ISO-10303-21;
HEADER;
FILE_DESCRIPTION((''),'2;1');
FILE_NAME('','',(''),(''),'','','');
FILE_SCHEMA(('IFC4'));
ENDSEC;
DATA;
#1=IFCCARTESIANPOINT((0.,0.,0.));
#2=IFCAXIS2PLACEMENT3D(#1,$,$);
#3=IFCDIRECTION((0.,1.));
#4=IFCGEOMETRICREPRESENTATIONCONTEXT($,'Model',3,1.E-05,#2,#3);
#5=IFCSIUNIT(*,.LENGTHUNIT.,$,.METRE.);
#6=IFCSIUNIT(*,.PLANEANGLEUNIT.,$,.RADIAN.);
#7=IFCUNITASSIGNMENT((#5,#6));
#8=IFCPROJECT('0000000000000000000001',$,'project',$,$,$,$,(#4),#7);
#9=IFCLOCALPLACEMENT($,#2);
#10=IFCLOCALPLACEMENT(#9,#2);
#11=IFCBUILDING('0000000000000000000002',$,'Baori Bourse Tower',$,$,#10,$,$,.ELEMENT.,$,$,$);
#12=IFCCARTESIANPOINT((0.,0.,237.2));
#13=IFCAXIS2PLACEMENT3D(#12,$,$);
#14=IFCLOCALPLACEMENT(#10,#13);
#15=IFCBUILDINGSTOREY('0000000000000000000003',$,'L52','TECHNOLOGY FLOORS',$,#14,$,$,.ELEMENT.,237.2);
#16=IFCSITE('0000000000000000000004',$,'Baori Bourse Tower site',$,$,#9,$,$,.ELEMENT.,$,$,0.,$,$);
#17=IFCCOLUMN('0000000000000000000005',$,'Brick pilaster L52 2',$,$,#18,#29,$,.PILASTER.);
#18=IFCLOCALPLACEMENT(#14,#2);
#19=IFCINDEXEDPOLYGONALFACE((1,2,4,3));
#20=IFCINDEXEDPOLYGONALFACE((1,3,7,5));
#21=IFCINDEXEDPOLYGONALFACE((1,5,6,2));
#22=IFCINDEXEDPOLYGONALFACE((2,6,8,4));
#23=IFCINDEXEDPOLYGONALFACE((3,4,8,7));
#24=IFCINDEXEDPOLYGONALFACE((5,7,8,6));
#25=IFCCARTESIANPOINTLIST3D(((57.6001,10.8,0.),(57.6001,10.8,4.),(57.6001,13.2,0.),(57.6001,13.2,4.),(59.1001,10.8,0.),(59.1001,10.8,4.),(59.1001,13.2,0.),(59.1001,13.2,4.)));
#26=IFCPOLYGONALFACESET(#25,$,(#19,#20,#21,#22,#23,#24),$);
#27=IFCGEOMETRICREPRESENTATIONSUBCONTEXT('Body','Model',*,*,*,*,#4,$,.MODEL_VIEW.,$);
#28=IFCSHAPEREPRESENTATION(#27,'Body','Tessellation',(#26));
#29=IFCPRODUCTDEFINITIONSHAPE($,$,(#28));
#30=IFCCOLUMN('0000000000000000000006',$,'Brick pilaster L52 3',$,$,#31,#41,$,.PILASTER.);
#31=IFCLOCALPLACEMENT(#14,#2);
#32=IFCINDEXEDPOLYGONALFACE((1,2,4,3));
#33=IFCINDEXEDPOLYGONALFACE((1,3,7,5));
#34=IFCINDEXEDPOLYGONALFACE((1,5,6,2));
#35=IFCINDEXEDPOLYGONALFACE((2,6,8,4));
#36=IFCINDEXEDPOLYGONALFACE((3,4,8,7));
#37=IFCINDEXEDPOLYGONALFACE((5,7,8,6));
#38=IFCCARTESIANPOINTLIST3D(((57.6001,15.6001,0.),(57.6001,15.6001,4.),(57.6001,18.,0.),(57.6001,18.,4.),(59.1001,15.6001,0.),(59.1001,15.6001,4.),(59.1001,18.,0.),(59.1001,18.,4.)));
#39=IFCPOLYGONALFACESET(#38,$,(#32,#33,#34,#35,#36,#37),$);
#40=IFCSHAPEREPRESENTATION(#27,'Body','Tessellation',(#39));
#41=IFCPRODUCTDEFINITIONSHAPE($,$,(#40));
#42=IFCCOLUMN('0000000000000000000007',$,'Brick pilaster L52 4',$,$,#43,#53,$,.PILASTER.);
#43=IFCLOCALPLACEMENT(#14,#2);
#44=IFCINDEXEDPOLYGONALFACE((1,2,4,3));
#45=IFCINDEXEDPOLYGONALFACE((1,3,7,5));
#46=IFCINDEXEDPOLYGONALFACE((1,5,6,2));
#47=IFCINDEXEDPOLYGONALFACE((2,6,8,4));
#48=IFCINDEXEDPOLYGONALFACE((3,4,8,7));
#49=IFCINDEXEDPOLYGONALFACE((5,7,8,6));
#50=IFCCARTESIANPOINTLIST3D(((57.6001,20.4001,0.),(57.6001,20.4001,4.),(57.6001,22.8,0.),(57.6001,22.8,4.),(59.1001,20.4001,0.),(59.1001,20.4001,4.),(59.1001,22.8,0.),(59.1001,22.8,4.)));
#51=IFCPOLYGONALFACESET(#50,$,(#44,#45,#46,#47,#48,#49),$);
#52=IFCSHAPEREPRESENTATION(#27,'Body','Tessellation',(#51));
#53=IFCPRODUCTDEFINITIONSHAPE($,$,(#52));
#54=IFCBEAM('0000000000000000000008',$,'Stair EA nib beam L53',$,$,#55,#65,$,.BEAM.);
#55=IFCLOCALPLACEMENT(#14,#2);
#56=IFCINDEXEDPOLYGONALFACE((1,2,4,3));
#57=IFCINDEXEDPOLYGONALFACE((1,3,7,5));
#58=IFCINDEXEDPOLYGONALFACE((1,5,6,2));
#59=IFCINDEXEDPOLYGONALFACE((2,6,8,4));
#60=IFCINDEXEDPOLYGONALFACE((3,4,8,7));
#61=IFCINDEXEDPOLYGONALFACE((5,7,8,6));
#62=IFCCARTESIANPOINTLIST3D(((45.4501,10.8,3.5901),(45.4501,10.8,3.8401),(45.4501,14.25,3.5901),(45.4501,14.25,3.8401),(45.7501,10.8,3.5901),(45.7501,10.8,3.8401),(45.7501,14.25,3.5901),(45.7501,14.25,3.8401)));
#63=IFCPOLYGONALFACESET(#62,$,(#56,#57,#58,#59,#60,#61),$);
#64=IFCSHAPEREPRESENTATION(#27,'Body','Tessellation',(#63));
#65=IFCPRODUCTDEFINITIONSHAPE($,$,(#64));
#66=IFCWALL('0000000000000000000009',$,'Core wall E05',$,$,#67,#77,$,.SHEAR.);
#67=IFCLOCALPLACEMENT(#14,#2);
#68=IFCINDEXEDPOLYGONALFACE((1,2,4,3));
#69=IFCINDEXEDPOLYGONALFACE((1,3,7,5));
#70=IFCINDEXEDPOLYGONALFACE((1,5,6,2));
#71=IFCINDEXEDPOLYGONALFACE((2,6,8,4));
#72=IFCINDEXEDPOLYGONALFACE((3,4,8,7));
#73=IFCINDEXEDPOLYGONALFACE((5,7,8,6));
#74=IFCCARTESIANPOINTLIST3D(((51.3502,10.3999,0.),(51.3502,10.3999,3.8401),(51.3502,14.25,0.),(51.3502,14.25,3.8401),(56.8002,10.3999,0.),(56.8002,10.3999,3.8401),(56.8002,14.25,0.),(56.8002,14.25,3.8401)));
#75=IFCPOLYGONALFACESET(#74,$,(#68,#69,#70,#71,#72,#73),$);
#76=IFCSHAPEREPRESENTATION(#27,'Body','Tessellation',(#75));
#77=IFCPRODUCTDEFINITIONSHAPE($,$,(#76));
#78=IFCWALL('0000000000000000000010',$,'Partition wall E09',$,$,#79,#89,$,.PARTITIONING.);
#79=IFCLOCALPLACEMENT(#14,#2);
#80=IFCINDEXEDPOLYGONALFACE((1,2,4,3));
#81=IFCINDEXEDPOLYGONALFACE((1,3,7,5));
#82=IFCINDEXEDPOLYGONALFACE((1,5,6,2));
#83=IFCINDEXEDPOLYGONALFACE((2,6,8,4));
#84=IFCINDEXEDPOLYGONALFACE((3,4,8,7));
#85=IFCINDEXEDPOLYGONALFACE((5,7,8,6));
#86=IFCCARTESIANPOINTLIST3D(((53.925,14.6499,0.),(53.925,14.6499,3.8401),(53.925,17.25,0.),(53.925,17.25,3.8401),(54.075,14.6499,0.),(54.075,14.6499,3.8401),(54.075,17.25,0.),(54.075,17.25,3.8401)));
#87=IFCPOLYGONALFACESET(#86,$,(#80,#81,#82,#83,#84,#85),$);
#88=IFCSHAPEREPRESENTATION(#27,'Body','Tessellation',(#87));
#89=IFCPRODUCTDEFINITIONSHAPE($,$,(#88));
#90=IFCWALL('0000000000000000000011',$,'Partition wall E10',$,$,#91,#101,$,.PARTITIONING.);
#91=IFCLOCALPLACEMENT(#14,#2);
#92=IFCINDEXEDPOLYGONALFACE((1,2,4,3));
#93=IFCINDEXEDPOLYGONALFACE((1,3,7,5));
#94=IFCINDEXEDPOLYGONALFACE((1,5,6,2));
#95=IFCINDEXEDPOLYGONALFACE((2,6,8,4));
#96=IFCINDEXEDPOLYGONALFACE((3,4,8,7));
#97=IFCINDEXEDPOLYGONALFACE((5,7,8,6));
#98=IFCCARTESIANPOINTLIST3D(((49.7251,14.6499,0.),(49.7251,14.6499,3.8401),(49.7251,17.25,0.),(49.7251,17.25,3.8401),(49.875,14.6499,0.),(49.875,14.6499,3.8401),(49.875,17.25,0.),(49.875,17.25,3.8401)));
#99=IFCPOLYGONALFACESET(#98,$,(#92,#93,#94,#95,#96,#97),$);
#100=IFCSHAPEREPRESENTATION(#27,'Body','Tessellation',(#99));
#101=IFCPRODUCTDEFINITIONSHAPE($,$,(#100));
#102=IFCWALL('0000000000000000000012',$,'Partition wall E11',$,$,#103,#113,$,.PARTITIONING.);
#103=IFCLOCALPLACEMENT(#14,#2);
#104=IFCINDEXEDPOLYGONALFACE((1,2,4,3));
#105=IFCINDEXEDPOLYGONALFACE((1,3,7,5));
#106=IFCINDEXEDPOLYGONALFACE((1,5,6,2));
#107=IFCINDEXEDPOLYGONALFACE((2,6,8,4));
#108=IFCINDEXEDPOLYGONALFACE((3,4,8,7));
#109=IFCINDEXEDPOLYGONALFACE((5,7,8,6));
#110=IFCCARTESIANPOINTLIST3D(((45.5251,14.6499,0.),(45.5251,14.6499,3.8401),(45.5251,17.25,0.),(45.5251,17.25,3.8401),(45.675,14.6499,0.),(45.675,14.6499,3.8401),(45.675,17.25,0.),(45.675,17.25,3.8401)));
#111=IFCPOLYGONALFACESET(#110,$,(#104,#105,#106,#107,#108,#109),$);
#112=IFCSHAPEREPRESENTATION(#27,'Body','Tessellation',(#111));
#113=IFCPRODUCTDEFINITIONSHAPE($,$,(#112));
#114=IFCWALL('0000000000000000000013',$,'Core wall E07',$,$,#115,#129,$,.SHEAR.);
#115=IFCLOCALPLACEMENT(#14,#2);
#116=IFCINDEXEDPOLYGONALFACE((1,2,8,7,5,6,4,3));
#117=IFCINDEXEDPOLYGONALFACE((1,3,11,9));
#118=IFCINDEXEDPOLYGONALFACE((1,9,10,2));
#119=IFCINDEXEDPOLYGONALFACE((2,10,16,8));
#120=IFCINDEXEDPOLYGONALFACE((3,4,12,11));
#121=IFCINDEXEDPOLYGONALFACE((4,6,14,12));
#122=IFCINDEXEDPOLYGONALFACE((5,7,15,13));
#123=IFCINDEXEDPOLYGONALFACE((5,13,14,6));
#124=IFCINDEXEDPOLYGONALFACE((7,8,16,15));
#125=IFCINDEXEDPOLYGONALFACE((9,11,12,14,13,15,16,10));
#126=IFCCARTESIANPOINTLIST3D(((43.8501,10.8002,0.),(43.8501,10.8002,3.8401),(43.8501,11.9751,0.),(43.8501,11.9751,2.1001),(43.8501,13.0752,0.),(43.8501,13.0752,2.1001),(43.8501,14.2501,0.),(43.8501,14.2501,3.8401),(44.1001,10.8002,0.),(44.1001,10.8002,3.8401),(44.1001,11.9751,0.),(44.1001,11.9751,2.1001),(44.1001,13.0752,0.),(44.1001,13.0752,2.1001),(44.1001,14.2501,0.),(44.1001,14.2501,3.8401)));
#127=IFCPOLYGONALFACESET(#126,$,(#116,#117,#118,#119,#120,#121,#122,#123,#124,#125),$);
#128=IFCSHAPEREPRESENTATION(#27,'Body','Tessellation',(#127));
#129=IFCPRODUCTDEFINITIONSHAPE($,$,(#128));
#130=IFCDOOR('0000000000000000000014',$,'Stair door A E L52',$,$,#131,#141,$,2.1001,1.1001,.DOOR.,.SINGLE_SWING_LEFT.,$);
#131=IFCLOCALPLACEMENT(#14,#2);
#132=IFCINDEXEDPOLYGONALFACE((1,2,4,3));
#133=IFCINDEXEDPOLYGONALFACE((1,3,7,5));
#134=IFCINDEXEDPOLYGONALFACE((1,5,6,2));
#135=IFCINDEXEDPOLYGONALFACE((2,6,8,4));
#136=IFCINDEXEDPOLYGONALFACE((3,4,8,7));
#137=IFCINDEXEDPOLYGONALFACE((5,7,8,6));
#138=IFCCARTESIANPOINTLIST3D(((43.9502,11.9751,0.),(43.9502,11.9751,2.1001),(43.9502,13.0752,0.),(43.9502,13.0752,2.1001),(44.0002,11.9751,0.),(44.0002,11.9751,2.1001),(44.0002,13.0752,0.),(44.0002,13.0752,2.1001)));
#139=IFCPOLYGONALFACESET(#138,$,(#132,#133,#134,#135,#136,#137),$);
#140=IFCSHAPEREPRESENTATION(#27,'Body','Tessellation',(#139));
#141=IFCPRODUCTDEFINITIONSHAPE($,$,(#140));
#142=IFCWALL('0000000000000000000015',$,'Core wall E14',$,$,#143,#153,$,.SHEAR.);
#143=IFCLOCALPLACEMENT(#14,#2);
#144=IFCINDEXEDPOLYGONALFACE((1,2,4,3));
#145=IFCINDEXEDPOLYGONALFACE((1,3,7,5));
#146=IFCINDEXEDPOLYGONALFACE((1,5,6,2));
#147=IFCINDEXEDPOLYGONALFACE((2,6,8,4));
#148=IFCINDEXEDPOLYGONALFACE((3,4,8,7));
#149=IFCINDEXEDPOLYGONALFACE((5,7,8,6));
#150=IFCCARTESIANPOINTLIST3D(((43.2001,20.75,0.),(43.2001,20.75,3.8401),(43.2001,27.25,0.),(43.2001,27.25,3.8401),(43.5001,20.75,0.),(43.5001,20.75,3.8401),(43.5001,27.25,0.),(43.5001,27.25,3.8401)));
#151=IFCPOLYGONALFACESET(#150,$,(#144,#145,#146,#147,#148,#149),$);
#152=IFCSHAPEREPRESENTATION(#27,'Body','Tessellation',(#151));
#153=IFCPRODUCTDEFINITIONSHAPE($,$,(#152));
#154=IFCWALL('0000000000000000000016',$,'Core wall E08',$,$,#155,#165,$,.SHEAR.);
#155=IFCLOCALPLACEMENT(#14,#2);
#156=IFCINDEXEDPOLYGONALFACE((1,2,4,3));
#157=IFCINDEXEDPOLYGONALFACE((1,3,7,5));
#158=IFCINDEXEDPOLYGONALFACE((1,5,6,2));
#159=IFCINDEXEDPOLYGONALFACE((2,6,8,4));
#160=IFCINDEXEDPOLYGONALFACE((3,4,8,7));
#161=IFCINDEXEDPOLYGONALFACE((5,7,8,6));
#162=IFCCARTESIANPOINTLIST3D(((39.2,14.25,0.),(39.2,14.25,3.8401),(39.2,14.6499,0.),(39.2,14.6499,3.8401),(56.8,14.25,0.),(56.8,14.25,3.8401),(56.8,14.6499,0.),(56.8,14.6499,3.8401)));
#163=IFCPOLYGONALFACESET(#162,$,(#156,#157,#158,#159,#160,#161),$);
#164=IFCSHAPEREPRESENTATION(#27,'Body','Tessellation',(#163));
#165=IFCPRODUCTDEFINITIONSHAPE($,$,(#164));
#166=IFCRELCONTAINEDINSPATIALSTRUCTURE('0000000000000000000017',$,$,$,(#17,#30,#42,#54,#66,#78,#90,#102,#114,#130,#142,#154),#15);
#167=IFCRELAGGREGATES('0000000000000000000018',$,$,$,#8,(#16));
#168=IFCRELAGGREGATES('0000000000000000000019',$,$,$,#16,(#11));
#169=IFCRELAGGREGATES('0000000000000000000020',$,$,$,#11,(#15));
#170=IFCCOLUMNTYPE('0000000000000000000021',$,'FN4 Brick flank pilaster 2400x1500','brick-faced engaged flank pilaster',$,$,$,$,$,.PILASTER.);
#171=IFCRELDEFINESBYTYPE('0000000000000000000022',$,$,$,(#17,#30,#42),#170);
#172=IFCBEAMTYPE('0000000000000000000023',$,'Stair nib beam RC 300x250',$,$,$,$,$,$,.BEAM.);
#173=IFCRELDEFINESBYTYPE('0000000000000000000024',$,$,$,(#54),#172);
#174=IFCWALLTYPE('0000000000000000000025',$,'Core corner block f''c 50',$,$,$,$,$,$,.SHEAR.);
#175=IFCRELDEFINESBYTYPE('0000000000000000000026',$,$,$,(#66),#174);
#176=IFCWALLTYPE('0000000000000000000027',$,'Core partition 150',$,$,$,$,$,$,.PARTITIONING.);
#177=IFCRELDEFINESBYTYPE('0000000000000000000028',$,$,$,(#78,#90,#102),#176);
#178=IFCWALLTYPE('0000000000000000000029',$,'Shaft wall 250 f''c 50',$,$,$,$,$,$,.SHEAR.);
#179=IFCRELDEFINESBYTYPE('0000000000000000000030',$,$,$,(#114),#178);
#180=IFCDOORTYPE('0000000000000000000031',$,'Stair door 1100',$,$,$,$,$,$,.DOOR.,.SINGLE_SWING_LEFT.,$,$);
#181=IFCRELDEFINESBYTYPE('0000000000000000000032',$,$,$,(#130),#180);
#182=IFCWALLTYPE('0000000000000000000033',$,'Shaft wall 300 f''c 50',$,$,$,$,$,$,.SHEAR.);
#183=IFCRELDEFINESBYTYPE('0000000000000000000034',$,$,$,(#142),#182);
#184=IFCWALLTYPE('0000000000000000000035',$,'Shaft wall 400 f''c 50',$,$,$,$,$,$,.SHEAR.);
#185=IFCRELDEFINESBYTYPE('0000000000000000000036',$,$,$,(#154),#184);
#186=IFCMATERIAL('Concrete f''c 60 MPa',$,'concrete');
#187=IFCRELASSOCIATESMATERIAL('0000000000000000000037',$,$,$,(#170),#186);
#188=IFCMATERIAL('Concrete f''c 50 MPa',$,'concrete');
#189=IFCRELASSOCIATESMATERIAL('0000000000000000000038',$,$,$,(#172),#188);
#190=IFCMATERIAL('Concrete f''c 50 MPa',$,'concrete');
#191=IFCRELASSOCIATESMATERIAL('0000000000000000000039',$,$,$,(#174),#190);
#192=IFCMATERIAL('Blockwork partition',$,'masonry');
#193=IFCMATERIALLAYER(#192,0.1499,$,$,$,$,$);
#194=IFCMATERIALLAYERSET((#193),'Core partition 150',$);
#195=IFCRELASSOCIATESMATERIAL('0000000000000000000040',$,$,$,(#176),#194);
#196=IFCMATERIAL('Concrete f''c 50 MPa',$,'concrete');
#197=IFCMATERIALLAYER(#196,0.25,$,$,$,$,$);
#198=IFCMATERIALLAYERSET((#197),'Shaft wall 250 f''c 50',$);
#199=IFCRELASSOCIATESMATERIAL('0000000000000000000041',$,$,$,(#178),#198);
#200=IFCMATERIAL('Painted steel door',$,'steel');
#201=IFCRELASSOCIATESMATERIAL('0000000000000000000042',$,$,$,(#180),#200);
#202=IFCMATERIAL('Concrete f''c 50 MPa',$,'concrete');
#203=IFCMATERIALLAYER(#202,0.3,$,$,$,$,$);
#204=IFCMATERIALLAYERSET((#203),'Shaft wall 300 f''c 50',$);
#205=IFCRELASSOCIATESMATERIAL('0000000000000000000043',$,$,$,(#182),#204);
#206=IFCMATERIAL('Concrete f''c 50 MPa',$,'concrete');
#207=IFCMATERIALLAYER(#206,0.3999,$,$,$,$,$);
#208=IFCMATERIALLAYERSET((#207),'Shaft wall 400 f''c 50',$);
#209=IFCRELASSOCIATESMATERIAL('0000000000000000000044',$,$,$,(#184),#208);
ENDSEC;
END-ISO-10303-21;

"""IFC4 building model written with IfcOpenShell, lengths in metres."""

from ifc_helpers import new_model, si_unit, direction, frame, frame_2d, origin, origin_2d, place, context, subcontext, project, spatial, rectangle, extrude, material, layer, layer_set, material_profile, profile_set, type_object, element, fill, save


model = new_model("IFC4")

# Units and contexts
model_context = context("Model", 3, precision=1e-05, world=origin(), true_north=direction((0.0, 1.0)))
body_context = subcontext(model_context, "Body", "Model", "MODEL_VIEW")
ifc_project = project(units=[si_unit("LENGTHUNIT", "METRE"), si_unit("PLANEANGLEUNIT", "RADIAN")], contexts=[model_context])

# Site, building, storey
site_placement = place(None, origin())
site = spatial("IfcSite", under=ifc_project, at=site_placement, Name="Baori Bourse Tower site", CompositionType="ELEMENT", RefElevation=0.0)
building_placement = place(site_placement, origin())
building = spatial("IfcBuilding", under=site, at=building_placement, Name="Baori Bourse Tower", CompositionType="ELEMENT")
storey_placement = place(building_placement, frame((0.0, 0.0, 237.2)))
storey = spatial("IfcBuildingStorey", under=building, at=storey_placement, Name="L52", Description="TECHNOLOGY FLOORS", CompositionType="ELEMENT", Elevation=237.2)

# Columns
ifc_material_1 = material(Name="Concrete f'c 60 MPa", Category="concrete")
ifc_material_profile_1 = material_profile(ifc_material_1, rectangle(XDim=2.3999, YDim=1.5, at=origin_2d()), Name="RC 2400x1500")
ifc_profile_set_1 = profile_set([ifc_material_profile_1], Name="Concrete f'c 60 MPa")
column_type = type_object("IfcColumnType", Name="FN4 Brick flank pilaster 2400x1500", Description="brick-faced engaged flank pilaster", PredefinedType="PILASTER", material=ifc_profile_set_1)
for number, where, z_axis, x_axis, name in (
    (1, (58.3501, 12.0, 0.0), (0.0, 0.0, 1.0), (0.0, 1.0, 0.0), "Brick pilaster L52 2"),
    (2, (58.3501, 16.8, 0.0), (0.0, 0.0, 1.0), (0.0, 1.0, 0.0), "Brick pilaster L52 3"),
    (3, (58.3501, 21.6001, 0.0), (0.0, 0.0, 1.0), (0.0, 1.0, 0.0), "Brick pilaster L52 4"),
):
    element("IfcColumn", number, at=place(storey_placement, frame(where, z_axis=z_axis, x_axis=x_axis)), inside=storey, type_object=column_type, Name=name, PredefinedType="PILASTER", context=body_context, shape_type="SweptSolid", body=[
        extrude(rectangle(XDim=2.3999, YDim=1.5, at=origin_2d()), origin(), (0.0, 0.0, 1.0), 4.0),
    ])

# Beam
ifc_material_2 = material(Name="Concrete f'c 50 MPa", Category="concrete")
ifc_material_profile_2 = material_profile(ifc_material_2, rectangle(XDim=0.3, YDim=0.25, at=origin_2d()), Name="RC 300x250")
ifc_profile_set_2 = profile_set([ifc_material_profile_2], Name="Concrete f'c 50 MPa")
beam_type = type_object("IfcBeamType", Name="Stair nib beam RC 300x250", PredefinedType="BEAM", material=ifc_profile_set_2)
beam_placement = place(storey_placement, frame((45.6001, 10.8, 3.7151), z_axis=(0.0, 1.0, 0.0), x_axis=(-1.0, 0.0, 0.0)))
element("IfcBeam", 4, at=beam_placement, inside=storey, type_object=beam_type, Name="Stair EA nib beam L53", PredefinedType="BEAM", context=body_context, shape_type="SweptSolid", body=[
    extrude(rectangle(XDim=0.3, YDim=0.25, at=origin_2d()), origin(), (0.0, 0.0, 1.0), 3.45),
])

# Walls
ifc_material_3 = material(Name="Concrete f'c 50 MPa", Category="concrete")
wall_type_1 = type_object("IfcWallType", Name="Core corner block f'c 50", PredefinedType="SHEAR", material=ifc_material_3)
wall_1_placement = place(storey_placement, frame((51.3501, 12.325, 0.0), z_axis=(0.0, 0.0, 1.0), x_axis=(1.0, 0.0, 0.0)))
element("IfcWall", 5, at=wall_1_placement, inside=storey, type_object=wall_type_1, Name="Core wall E05", PredefinedType="SHEAR", context=body_context, shape_type="SweptSolid", body=[
    extrude(rectangle(XDim=5.45, YDim=3.8501, at=frame_2d((2.7251, 0.0))), origin(), (0.0, 0.0, 1.0), 3.8401),
])
ifc_material_4 = material(Name="Blockwork partition", Category="masonry")
ifc_layer_1 = layer(ifc_material_4, 0.1499)
ifc_layer_set_1 = layer_set([ifc_layer_1], Name="Core partition 150")
wall_type_2 = type_object("IfcWallType", Name="Core partition 150", PredefinedType="PARTITIONING", material=ifc_layer_set_1)
for number, where, z_axis, x_axis, name in (
    (6, (54.0, 14.6499, 0.0), (0.0, 0.0, 1.0), (0.0, 1.0, 0.0), "Partition wall E09"),
    (7, (49.8, 14.6499, 0.0), (0.0, 0.0, 1.0), (0.0, 1.0, 0.0), "Partition wall E10"),
    (8, (45.6001, 14.6499, 0.0), (0.0, 0.0, 1.0), (0.0, 1.0, 0.0), "Partition wall E11"),
):
    element("IfcWall", number, at=place(storey_placement, frame(where, z_axis=z_axis, x_axis=x_axis)), inside=storey, type_object=wall_type_2, Name=name, PredefinedType="PARTITIONING", context=body_context, shape_type="SweptSolid", body=[
        extrude(rectangle(XDim=2.6001, YDim=0.1499, at=frame_2d((1.3, 0.0))), origin(), (0.0, 0.0, 1.0), 3.8401),
    ])

# Wall, opening, door
ifc_material_5 = material(Name="Concrete f'c 50 MPa", Category="concrete")
ifc_layer_2 = layer(ifc_material_5, 0.25)
ifc_layer_set_2 = layer_set([ifc_layer_2], Name="Shaft wall 250 f'c 50")
wall_type_3 = type_object("IfcWallType", Name="Shaft wall 250 f'c 50", PredefinedType="SHEAR", material=ifc_layer_set_2)
wall_2_placement = place(storey_placement, frame((43.9751, 10.8, 0.0), z_axis=(0.0, 0.0, 1.0), x_axis=(0.0, 1.0, 0.0)))
wall_2 = element("IfcWall", 9, at=wall_2_placement, inside=storey, type_object=wall_type_3, Name="Core wall E07", PredefinedType="SHEAR", context=body_context, shape_type="SweptSolid", body=[
    extrude(rectangle(XDim=3.45, YDim=0.25, at=frame_2d((1.7251, 0.0))), origin(), (0.0, 0.0, 1.0), 3.8401),
])
opening_1_placement = place(wall_2_placement, frame((1.175, 0.0, 0.0)))
opening_1 = element("IfcOpeningElement", 10, at=opening_1_placement, cuts=wall_2, PredefinedType="OPENING", context=body_context, shape_type="SweptSolid", body=[
    extrude(rectangle(XDim=1.1001, YDim=2.1001, at=frame_2d((0.55, 1.05))), frame((0.0, 0.135, 0.0), z_axis=(0.0, -1.0, 0.0), x_axis=(1.0, 0.0, 0.0)), (0.0, 0.0, 1.0), 0.27),
])
ifc_material_6 = material(Name="Painted steel door", Category="steel")
door_type_1 = type_object("IfcDoorType", Name="Stair door 1100", OperationType="SINGLE_SWING_LEFT", PredefinedType="DOOR", material=ifc_material_6)
door_1_placement = place(opening_1_placement, origin())
door_1 = element("IfcDoor", 11, at=door_1_placement, inside=storey, type_object=door_type_1, Name="Stair door A E L52", OperationType="SINGLE_SWING_LEFT", OverallHeight=2.1001, OverallWidth=1.1001, PredefinedType="DOOR", context=body_context, shape_type="SweptSolid", body=[
    extrude(rectangle(XDim=1.1001, YDim=2.1001, at=frame_2d((0.55, 1.05))), frame((0.0, 0.0249, 0.0), z_axis=(0.0, -1.0, 0.0), x_axis=(1.0, 0.0, 0.0)), (0.0, 0.0, 1.0), 0.05),
])
fill(opening_1, door_1)

# Walls
ifc_material_7 = material(Name="Concrete f'c 50 MPa", Category="concrete")
ifc_layer_3 = layer(ifc_material_7, 0.3)
ifc_layer_set_3 = layer_set([ifc_layer_3], Name="Shaft wall 300 f'c 50")
wall_type_4 = type_object("IfcWallType", Name="Shaft wall 300 f'c 50", PredefinedType="SHEAR", material=ifc_layer_set_3)
wall_3_placement = place(storey_placement, frame((43.3501, 20.75, 0.0), z_axis=(0.0, 0.0, 1.0), x_axis=(0.0, 1.0, 0.0)))
element("IfcWall", 12, at=wall_3_placement, inside=storey, type_object=wall_type_4, Name="Core wall E14", PredefinedType="SHEAR", context=body_context, shape_type="SweptSolid", body=[
    extrude(rectangle(XDim=6.5, YDim=0.3, at=frame_2d((3.25, 0.0))), origin(), (0.0, 0.0, 1.0), 3.8401),
])
ifc_material_8 = material(Name="Concrete f'c 50 MPa", Category="concrete")
ifc_layer_4 = layer(ifc_material_8, 0.3999)
ifc_layer_set_4 = layer_set([ifc_layer_4], Name="Shaft wall 400 f'c 50")
wall_type_5 = type_object("IfcWallType", Name="Shaft wall 400 f'c 50", PredefinedType="SHEAR", material=ifc_layer_set_4)
wall_4_placement = place(storey_placement, frame((39.2, 14.45, 0.0), z_axis=(0.0, 0.0, 1.0), x_axis=(1.0, 0.0, 0.0)))
element("IfcWall", 13, at=wall_4_placement, inside=storey, type_object=wall_type_5, Name="Core wall E08", PredefinedType="SHEAR", context=body_context, shape_type="SweptSolid", body=[
    extrude(rectangle(XDim=17.6001, YDim=0.3999, at=frame_2d((8.8, 0.0))), origin(), (0.0, 0.0, 1.0), 3.8401),
])

save(model, "model.ifc")
